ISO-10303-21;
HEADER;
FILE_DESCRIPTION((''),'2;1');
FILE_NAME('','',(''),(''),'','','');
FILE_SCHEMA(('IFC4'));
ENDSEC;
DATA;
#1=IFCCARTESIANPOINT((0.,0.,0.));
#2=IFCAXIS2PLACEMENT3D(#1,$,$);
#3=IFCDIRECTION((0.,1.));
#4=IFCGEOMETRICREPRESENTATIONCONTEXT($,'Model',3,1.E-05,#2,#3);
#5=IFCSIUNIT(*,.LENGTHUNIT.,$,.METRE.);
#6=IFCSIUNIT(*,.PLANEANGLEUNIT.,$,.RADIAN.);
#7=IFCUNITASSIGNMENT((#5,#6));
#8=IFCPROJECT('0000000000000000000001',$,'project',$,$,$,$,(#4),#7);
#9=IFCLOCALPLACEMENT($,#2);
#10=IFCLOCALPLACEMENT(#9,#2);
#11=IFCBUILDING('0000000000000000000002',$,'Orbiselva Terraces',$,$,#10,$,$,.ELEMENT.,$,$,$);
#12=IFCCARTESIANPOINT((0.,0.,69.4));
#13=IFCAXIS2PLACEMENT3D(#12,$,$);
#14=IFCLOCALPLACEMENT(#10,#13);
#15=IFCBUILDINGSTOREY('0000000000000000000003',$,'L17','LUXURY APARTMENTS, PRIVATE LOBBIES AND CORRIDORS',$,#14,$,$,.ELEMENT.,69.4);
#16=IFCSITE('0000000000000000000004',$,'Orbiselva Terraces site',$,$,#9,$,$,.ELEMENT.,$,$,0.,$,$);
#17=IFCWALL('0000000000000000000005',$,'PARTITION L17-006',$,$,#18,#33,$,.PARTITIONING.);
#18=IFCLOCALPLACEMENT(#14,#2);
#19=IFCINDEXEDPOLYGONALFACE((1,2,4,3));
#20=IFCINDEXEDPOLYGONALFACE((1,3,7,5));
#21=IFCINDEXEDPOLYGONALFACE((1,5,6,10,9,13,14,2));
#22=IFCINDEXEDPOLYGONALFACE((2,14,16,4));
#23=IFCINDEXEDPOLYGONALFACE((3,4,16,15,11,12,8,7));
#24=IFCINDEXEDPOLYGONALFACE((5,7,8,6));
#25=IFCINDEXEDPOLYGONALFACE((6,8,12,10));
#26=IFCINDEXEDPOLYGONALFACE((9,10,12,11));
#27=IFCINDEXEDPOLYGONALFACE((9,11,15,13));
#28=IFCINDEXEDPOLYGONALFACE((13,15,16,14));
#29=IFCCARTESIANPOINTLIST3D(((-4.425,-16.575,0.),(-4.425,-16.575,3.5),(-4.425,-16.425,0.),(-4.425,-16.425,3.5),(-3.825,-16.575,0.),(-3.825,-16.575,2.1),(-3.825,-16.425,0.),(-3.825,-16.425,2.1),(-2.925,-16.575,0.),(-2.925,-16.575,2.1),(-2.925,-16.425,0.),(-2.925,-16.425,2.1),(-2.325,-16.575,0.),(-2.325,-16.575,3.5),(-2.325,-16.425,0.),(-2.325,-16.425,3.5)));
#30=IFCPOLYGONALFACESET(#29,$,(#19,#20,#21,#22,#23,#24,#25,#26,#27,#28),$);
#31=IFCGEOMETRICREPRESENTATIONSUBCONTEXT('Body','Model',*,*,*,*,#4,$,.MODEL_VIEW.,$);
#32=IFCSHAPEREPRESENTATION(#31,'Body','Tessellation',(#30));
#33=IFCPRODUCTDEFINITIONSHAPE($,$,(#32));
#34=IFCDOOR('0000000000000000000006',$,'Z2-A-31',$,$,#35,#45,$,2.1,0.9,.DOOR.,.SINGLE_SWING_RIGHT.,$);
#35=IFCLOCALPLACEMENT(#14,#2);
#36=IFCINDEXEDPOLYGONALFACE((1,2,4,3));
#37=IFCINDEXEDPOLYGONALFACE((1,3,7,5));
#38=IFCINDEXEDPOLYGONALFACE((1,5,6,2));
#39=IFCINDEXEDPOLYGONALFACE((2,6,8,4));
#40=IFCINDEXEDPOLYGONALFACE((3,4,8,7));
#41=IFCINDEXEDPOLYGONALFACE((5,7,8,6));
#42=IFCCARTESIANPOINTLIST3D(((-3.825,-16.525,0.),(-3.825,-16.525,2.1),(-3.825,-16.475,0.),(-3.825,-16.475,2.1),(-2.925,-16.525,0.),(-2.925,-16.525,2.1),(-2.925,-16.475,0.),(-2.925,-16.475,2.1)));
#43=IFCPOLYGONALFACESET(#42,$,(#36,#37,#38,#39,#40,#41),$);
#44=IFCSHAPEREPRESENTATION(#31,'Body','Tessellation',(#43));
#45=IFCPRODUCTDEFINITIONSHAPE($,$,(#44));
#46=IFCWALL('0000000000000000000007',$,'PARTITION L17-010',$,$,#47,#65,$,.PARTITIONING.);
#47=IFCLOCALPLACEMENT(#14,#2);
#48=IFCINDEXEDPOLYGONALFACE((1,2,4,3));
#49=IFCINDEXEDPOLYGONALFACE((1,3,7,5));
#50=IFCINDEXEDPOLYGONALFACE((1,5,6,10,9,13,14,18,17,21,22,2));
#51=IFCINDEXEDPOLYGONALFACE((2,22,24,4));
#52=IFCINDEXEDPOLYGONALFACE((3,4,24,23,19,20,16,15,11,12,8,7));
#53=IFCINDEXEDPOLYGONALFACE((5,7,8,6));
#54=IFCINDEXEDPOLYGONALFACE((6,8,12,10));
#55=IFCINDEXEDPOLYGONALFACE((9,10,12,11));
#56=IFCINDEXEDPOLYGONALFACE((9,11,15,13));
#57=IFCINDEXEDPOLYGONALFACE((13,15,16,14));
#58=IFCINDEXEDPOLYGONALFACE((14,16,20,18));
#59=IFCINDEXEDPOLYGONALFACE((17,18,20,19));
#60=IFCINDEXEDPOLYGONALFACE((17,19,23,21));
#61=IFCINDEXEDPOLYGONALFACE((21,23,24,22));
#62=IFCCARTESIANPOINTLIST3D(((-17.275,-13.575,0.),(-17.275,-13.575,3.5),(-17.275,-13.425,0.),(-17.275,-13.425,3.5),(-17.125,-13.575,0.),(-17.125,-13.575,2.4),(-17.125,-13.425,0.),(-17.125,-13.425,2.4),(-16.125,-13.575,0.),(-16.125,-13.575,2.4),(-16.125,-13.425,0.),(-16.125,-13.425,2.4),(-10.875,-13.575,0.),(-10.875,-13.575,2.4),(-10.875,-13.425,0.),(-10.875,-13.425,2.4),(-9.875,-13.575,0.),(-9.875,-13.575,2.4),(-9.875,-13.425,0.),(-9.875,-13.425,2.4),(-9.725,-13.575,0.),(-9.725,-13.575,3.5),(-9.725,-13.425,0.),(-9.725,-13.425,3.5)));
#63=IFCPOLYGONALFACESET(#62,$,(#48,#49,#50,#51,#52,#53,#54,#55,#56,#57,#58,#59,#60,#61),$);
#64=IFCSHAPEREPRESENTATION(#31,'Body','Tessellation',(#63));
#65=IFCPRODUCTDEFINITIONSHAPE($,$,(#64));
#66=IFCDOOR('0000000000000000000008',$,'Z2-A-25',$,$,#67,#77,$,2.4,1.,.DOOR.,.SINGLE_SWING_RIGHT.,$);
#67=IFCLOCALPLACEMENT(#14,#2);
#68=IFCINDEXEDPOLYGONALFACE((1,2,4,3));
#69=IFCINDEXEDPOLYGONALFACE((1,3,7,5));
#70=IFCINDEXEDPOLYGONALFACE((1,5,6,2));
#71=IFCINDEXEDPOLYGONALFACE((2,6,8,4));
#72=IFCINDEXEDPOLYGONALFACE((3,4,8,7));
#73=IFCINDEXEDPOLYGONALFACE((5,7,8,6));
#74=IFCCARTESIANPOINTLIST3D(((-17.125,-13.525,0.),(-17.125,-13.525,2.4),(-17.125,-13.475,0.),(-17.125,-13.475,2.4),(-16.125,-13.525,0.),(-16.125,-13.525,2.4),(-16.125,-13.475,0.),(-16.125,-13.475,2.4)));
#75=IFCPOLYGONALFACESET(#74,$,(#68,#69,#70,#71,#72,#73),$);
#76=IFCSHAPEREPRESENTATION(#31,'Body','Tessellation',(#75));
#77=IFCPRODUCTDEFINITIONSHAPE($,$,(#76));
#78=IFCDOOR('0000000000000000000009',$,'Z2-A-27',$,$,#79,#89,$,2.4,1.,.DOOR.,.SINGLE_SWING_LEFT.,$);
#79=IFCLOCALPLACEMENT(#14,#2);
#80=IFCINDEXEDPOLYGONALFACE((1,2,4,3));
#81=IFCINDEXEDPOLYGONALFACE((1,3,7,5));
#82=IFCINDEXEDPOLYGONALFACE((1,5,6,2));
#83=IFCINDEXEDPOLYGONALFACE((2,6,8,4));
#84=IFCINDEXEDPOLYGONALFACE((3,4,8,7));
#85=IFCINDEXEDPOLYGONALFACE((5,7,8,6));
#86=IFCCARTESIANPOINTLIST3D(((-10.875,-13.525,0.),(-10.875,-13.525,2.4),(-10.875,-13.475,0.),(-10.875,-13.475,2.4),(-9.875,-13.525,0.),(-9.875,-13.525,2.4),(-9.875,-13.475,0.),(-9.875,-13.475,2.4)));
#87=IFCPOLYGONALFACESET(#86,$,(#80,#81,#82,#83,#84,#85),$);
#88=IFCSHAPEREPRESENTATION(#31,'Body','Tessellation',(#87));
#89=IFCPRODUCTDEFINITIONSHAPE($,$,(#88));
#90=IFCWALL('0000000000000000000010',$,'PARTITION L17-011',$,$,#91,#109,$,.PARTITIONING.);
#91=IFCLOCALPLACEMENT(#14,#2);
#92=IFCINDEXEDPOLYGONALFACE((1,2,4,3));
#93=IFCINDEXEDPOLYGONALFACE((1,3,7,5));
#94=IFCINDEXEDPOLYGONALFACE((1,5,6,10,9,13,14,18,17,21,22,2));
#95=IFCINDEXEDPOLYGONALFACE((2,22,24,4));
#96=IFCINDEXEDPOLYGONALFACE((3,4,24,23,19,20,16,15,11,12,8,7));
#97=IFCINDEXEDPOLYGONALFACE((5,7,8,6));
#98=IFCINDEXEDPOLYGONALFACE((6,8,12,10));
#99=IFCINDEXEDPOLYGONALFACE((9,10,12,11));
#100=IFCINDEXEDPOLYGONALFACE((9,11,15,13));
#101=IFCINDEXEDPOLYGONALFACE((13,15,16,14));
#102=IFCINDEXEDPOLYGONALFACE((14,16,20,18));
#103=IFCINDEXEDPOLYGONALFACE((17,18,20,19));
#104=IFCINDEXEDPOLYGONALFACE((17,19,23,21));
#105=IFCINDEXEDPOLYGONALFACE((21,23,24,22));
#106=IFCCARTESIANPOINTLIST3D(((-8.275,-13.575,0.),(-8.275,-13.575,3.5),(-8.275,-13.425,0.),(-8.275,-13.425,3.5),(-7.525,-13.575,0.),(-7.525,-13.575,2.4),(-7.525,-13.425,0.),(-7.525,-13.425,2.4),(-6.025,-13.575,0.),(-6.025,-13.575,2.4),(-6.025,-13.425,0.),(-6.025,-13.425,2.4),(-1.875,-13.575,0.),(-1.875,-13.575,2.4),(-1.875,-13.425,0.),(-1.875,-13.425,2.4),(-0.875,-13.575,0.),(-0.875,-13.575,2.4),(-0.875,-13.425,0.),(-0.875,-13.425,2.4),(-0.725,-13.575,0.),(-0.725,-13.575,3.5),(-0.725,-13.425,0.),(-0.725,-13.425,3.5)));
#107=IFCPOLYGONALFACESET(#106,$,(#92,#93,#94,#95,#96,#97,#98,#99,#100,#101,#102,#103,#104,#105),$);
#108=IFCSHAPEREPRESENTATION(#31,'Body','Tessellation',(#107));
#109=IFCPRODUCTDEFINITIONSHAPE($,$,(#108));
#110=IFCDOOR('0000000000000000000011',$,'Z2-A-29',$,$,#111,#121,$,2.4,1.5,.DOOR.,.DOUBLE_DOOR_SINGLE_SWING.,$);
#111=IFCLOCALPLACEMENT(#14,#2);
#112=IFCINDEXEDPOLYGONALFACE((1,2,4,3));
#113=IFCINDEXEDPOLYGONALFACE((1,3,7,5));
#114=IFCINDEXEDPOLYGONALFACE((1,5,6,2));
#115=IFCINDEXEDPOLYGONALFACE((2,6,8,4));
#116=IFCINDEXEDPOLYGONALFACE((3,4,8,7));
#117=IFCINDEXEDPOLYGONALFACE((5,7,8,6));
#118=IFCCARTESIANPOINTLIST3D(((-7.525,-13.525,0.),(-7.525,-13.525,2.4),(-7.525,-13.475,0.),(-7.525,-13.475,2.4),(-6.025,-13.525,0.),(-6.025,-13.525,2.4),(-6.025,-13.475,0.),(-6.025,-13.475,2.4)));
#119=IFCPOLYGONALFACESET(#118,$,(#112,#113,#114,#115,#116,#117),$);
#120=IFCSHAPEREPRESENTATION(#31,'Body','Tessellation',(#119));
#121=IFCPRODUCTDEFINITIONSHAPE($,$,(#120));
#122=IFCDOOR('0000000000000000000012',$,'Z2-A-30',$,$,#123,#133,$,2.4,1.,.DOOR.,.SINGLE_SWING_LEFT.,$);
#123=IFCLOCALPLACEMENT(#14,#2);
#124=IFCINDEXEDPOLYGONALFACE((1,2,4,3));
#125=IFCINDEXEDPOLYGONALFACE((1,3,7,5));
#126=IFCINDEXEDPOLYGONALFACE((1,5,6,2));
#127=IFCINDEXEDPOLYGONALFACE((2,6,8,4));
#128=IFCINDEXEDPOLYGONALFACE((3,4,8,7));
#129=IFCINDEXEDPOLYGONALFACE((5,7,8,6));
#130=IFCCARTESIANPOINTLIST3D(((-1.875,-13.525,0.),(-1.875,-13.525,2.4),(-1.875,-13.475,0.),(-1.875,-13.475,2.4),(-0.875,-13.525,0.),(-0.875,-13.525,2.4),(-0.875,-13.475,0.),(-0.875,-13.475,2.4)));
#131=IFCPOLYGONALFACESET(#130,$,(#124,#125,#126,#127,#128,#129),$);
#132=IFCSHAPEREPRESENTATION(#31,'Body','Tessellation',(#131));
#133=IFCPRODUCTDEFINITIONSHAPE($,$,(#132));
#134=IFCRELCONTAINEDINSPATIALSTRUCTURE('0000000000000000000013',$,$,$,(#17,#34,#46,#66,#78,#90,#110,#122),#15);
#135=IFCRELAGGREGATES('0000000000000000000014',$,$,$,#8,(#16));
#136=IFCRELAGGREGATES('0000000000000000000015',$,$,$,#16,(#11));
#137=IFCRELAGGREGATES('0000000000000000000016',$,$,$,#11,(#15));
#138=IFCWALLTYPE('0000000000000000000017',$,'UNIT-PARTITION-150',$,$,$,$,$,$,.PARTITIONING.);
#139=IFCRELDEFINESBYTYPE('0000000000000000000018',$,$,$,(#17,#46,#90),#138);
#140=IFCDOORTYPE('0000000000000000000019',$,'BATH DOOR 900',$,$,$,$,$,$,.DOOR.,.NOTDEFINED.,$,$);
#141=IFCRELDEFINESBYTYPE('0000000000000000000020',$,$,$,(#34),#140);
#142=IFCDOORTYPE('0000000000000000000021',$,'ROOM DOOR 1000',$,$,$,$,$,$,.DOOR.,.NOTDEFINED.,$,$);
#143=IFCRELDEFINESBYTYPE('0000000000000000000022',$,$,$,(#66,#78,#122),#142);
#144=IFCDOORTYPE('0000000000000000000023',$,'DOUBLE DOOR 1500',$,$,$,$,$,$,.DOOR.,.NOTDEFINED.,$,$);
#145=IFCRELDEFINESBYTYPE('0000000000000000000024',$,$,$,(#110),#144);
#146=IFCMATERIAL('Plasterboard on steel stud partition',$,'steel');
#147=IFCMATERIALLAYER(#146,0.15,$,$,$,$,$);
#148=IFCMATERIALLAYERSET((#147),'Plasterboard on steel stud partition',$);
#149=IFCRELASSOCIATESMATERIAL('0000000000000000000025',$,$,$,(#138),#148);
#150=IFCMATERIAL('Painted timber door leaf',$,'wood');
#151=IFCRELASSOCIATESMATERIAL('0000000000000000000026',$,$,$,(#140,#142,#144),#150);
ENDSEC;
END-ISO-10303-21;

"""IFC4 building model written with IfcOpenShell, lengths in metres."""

from ifc_helpers import new_model, si_unit, direction, frame, frame_2d, origin, place, context, subcontext, project, spatial, rectangle, extrude, material, layer, layer_set, type_object, element, fill, save


model = new_model("IFC4")

# Units and contexts
model_context = context("Model", 3, precision=1e-05, world=origin(), true_north=direction((0.0, 1.0)))
body_context = subcontext(model_context, "Body", "Model", "MODEL_VIEW")
ifc_project = project(units=[si_unit("LENGTHUNIT", "METRE"), si_unit("PLANEANGLEUNIT", "RADIAN")], contexts=[model_context])

# Site, building, storey
site_placement = place(None, origin())
site = spatial("IfcSite", under=ifc_project, at=site_placement, Name="Orbiselva Terraces site", CompositionType="ELEMENT", RefElevation=0.0)
building_placement = place(site_placement, origin())
building = spatial("IfcBuilding", under=site, at=building_placement, Name="Orbiselva Terraces", CompositionType="ELEMENT")
storey_placement = place(building_placement, frame((0.0, 0.0, 69.4)))
storey = spatial("IfcBuildingStorey", under=building, at=storey_placement, Name="L17", Description="LUXURY APARTMENTS, PRIVATE LOBBIES AND CORRIDORS", CompositionType="ELEMENT", Elevation=69.4)

# Wall, opening, door
ifc_material_1 = material(Name="Plasterboard on steel stud partition", Category="steel")
ifc_layer_1 = layer(ifc_material_1, 0.15)
ifc_layer_set_1 = layer_set([ifc_layer_1], Name="Plasterboard on steel stud partition")
wall_type_1 = type_object("IfcWallType", Name="UNIT-PARTITION-150", PredefinedType="PARTITIONING", material=ifc_layer_set_1)
wall_1_placement = place(storey_placement, frame((-4.425, -16.5, 0.0), z_axis=(0.0, 0.0, 1.0), x_axis=(1.0, 0.0, 0.0)))
wall_1 = element("IfcWall", 1, at=wall_1_placement, inside=storey, type_object=wall_type_1, Name="PARTITION L17-006", PredefinedType="PARTITIONING", context=body_context, shape_type="SweptSolid", body=[
    extrude(rectangle(XDim=2.1, YDim=0.15, at=frame_2d((1.05, 0.0))), origin(), (0.0, 0.0, 1.0), 3.5),
])
opening_1_placement = place(wall_1_placement, frame((0.6, 0.0, 0.0)))
opening_1 = element("IfcOpeningElement", 2, at=opening_1_placement, cuts=wall_1, PredefinedType="OPENING", context=body_context, shape_type="SweptSolid", body=[
    extrude(rectangle(XDim=0.9, YDim=2.1, at=frame_2d((0.45, 1.05))), frame((0.0, 0.085, 0.0), z_axis=(0.0, -1.0, 0.0), x_axis=(1.0, 0.0, 0.0)), (0.0, 0.0, 1.0), 0.17),
])
ifc_material_2 = material(Name="Painted timber door leaf", Category="wood")
door_type_1 = type_object("IfcDoorType", Name="BATH DOOR 900", OperationType="NOTDEFINED", PredefinedType="DOOR", material=ifc_material_2)
door_1_placement = place(opening_1_placement, origin())
door_1 = element("IfcDoor", 3, at=door_1_placement, inside=storey, type_object=door_type_1, Name="Z2-A-31", OperationType="SINGLE_SWING_RIGHT", OverallHeight=2.1, OverallWidth=0.9, PredefinedType="DOOR", context=body_context, shape_type="SweptSolid", body=[
    extrude(rectangle(XDim=0.9, YDim=2.1, at=frame_2d((0.45, 1.05))), frame((0.0, 0.025, 0.0), z_axis=(0.0, -1.0, 0.0), x_axis=(1.0, 0.0, 0.0)), (0.0, 0.0, 1.0), 0.05),
])
fill(opening_1, door_1)

# Walls, openings, doors
wall_2_placement = place(storey_placement, frame((-9.725, -13.5, 0.0), z_axis=(0.0, 0.0, 1.0), x_axis=(-1.0, 0.0, 0.0)))
wall_2 = element("IfcWall", 4, at=wall_2_placement, inside=storey, type_object=wall_type_1, Name="PARTITION L17-010", PredefinedType="PARTITIONING", context=body_context, shape_type="SweptSolid", body=[
    extrude(rectangle(XDim=7.55, YDim=0.15, at=frame_2d((3.775, 0.0))), origin(), (0.0, 0.0, 1.0), 3.5),
])
opening_2_placement = place(wall_2_placement, frame((6.4, 0.0, 0.0)))
opening_2 = element("IfcOpeningElement", 5, at=opening_2_placement, cuts=wall_2, PredefinedType="OPENING", context=body_context, shape_type="SweptSolid", body=[
    extrude(rectangle(XDim=1.0, YDim=2.4, at=frame_2d((0.5, 1.2))), frame((0.0, 0.085, 0.0), z_axis=(0.0, -1.0, 0.0), x_axis=(1.0, 0.0, 0.0)), (0.0, 0.0, 1.0), 0.17),
])
opening_3_placement = place(wall_2_placement, frame((0.15, 0.0, 0.0)))
opening_3 = element("IfcOpeningElement", 6, at=opening_3_placement, cuts=wall_2, PredefinedType="OPENING", context=body_context, shape_type="SweptSolid", body=[
    extrude(rectangle(XDim=1.0, YDim=2.4, at=frame_2d((0.5, 1.2))), frame((0.0, 0.085, 0.0), z_axis=(0.0, -1.0, 0.0), x_axis=(1.0, 0.0, 0.0)), (0.0, 0.0, 1.0), 0.17),
])
door_type_2 = type_object("IfcDoorType", Name="ROOM DOOR 1000", OperationType="NOTDEFINED", PredefinedType="DOOR", material=ifc_material_2)
door_2_placement = place(opening_2_placement, origin())
door_2 = element("IfcDoor", 7, at=door_2_placement, inside=storey, type_object=door_type_2, Name="Z2-A-25", OperationType="SINGLE_SWING_RIGHT", OverallHeight=2.4, OverallWidth=1.0, PredefinedType="DOOR", context=body_context, shape_type="SweptSolid", body=[
    extrude(rectangle(XDim=1.0, YDim=2.4, at=frame_2d((0.5, 1.2))), frame((0.0, 0.025, 0.0), z_axis=(0.0, -1.0, 0.0), x_axis=(1.0, 0.0, 0.0)), (0.0, 0.0, 1.0), 0.05),
])
fill(opening_2, door_2)
door_3_placement = place(opening_3_placement, origin())
door_3 = element("IfcDoor", 8, at=door_3_placement, inside=storey, type_object=door_type_2, Name="Z2-A-27", OperationType="SINGLE_SWING_LEFT", OverallHeight=2.4, OverallWidth=1.0, PredefinedType="DOOR", context=body_context, shape_type="SweptSolid", body=[
    extrude(rectangle(XDim=1.0, YDim=2.4, at=frame_2d((0.5, 1.2))), frame((0.0, 0.025, 0.0), z_axis=(0.0, -1.0, 0.0), x_axis=(1.0, 0.0, 0.0)), (0.0, 0.0, 1.0), 0.05),
])
fill(opening_3, door_3)
wall_3_placement = place(storey_placement, frame((-0.725, -13.5, 0.0), z_axis=(0.0, 0.0, 1.0), x_axis=(-1.0, 0.0, 0.0)))
wall_3 = element("IfcWall", 9, at=wall_3_placement, inside=storey, type_object=wall_type_1, Name="PARTITION L17-011", PredefinedType="PARTITIONING", context=body_context, shape_type="SweptSolid", body=[
    extrude(rectangle(XDim=7.55, YDim=0.15, at=frame_2d((3.775, 0.0))), origin(), (0.0, 0.0, 1.0), 3.5),
])
opening_4_placement = place(wall_3_placement, frame((5.3, 0.0, 0.0)))
opening_4 = element("IfcOpeningElement", 10, at=opening_4_placement, cuts=wall_3, PredefinedType="OPENING", context=body_context, shape_type="SweptSolid", body=[
    extrude(rectangle(XDim=1.5, YDim=2.4, at=frame_2d((0.75, 1.2))), frame((0.0, 0.085, 0.0), z_axis=(0.0, -1.0, 0.0), x_axis=(1.0, 0.0, 0.0)), (0.0, 0.0, 1.0), 0.17),
])
opening_5_placement = place(wall_3_placement, frame((0.15, 0.0, 0.0)))
opening_5 = element("IfcOpeningElement", 11, at=opening_5_placement, cuts=wall_3, PredefinedType="OPENING", context=body_context, shape_type="SweptSolid", body=[
    extrude(rectangle(XDim=1.0, YDim=2.4, at=frame_2d((0.5, 1.2))), frame((0.0, 0.085, 0.0), z_axis=(0.0, -1.0, 0.0), x_axis=(1.0, 0.0, 0.0)), (0.0, 0.0, 1.0), 0.17),
])
door_type_3 = type_object("IfcDoorType", Name="DOUBLE DOOR 1500", OperationType="NOTDEFINED", PredefinedType="DOOR", material=ifc_material_2)
door_4_placement = place(opening_4_placement, origin())
door_4 = element("IfcDoor", 12, at=door_4_placement, inside=storey, type_object=door_type_3, Name="Z2-A-29", OperationType="DOUBLE_DOOR_SINGLE_SWING", OverallHeight=2.4, OverallWidth=1.5, PredefinedType="DOOR", context=body_context, shape_type="SweptSolid", body=[
    extrude(rectangle(XDim=1.5, YDim=2.4, at=frame_2d((0.75, 1.2))), frame((0.0, 0.025, 0.0), z_axis=(0.0, -1.0, 0.0), x_axis=(1.0, 0.0, 0.0)), (0.0, 0.0, 1.0), 0.05),
])
fill(opening_4, door_4)
door_5_placement = place(opening_5_placement, origin())
door_5 = element("IfcDoor", 13, at=door_5_placement, inside=storey, type_object=door_type_2, Name="Z2-A-30", OperationType="SINGLE_SWING_LEFT", OverallHeight=2.4, OverallWidth=1.0, PredefinedType="DOOR", context=body_context, shape_type="SweptSolid", body=[
    extrude(rectangle(XDim=1.0, YDim=2.4, at=frame_2d((0.5, 1.2))), frame((0.0, 0.025, 0.0), z_axis=(0.0, -1.0, 0.0), x_axis=(1.0, 0.0, 0.0)), (0.0, 0.0, 1.0), 0.05),
])
fill(opening_5, door_5)

save(model, "model.ifc")
